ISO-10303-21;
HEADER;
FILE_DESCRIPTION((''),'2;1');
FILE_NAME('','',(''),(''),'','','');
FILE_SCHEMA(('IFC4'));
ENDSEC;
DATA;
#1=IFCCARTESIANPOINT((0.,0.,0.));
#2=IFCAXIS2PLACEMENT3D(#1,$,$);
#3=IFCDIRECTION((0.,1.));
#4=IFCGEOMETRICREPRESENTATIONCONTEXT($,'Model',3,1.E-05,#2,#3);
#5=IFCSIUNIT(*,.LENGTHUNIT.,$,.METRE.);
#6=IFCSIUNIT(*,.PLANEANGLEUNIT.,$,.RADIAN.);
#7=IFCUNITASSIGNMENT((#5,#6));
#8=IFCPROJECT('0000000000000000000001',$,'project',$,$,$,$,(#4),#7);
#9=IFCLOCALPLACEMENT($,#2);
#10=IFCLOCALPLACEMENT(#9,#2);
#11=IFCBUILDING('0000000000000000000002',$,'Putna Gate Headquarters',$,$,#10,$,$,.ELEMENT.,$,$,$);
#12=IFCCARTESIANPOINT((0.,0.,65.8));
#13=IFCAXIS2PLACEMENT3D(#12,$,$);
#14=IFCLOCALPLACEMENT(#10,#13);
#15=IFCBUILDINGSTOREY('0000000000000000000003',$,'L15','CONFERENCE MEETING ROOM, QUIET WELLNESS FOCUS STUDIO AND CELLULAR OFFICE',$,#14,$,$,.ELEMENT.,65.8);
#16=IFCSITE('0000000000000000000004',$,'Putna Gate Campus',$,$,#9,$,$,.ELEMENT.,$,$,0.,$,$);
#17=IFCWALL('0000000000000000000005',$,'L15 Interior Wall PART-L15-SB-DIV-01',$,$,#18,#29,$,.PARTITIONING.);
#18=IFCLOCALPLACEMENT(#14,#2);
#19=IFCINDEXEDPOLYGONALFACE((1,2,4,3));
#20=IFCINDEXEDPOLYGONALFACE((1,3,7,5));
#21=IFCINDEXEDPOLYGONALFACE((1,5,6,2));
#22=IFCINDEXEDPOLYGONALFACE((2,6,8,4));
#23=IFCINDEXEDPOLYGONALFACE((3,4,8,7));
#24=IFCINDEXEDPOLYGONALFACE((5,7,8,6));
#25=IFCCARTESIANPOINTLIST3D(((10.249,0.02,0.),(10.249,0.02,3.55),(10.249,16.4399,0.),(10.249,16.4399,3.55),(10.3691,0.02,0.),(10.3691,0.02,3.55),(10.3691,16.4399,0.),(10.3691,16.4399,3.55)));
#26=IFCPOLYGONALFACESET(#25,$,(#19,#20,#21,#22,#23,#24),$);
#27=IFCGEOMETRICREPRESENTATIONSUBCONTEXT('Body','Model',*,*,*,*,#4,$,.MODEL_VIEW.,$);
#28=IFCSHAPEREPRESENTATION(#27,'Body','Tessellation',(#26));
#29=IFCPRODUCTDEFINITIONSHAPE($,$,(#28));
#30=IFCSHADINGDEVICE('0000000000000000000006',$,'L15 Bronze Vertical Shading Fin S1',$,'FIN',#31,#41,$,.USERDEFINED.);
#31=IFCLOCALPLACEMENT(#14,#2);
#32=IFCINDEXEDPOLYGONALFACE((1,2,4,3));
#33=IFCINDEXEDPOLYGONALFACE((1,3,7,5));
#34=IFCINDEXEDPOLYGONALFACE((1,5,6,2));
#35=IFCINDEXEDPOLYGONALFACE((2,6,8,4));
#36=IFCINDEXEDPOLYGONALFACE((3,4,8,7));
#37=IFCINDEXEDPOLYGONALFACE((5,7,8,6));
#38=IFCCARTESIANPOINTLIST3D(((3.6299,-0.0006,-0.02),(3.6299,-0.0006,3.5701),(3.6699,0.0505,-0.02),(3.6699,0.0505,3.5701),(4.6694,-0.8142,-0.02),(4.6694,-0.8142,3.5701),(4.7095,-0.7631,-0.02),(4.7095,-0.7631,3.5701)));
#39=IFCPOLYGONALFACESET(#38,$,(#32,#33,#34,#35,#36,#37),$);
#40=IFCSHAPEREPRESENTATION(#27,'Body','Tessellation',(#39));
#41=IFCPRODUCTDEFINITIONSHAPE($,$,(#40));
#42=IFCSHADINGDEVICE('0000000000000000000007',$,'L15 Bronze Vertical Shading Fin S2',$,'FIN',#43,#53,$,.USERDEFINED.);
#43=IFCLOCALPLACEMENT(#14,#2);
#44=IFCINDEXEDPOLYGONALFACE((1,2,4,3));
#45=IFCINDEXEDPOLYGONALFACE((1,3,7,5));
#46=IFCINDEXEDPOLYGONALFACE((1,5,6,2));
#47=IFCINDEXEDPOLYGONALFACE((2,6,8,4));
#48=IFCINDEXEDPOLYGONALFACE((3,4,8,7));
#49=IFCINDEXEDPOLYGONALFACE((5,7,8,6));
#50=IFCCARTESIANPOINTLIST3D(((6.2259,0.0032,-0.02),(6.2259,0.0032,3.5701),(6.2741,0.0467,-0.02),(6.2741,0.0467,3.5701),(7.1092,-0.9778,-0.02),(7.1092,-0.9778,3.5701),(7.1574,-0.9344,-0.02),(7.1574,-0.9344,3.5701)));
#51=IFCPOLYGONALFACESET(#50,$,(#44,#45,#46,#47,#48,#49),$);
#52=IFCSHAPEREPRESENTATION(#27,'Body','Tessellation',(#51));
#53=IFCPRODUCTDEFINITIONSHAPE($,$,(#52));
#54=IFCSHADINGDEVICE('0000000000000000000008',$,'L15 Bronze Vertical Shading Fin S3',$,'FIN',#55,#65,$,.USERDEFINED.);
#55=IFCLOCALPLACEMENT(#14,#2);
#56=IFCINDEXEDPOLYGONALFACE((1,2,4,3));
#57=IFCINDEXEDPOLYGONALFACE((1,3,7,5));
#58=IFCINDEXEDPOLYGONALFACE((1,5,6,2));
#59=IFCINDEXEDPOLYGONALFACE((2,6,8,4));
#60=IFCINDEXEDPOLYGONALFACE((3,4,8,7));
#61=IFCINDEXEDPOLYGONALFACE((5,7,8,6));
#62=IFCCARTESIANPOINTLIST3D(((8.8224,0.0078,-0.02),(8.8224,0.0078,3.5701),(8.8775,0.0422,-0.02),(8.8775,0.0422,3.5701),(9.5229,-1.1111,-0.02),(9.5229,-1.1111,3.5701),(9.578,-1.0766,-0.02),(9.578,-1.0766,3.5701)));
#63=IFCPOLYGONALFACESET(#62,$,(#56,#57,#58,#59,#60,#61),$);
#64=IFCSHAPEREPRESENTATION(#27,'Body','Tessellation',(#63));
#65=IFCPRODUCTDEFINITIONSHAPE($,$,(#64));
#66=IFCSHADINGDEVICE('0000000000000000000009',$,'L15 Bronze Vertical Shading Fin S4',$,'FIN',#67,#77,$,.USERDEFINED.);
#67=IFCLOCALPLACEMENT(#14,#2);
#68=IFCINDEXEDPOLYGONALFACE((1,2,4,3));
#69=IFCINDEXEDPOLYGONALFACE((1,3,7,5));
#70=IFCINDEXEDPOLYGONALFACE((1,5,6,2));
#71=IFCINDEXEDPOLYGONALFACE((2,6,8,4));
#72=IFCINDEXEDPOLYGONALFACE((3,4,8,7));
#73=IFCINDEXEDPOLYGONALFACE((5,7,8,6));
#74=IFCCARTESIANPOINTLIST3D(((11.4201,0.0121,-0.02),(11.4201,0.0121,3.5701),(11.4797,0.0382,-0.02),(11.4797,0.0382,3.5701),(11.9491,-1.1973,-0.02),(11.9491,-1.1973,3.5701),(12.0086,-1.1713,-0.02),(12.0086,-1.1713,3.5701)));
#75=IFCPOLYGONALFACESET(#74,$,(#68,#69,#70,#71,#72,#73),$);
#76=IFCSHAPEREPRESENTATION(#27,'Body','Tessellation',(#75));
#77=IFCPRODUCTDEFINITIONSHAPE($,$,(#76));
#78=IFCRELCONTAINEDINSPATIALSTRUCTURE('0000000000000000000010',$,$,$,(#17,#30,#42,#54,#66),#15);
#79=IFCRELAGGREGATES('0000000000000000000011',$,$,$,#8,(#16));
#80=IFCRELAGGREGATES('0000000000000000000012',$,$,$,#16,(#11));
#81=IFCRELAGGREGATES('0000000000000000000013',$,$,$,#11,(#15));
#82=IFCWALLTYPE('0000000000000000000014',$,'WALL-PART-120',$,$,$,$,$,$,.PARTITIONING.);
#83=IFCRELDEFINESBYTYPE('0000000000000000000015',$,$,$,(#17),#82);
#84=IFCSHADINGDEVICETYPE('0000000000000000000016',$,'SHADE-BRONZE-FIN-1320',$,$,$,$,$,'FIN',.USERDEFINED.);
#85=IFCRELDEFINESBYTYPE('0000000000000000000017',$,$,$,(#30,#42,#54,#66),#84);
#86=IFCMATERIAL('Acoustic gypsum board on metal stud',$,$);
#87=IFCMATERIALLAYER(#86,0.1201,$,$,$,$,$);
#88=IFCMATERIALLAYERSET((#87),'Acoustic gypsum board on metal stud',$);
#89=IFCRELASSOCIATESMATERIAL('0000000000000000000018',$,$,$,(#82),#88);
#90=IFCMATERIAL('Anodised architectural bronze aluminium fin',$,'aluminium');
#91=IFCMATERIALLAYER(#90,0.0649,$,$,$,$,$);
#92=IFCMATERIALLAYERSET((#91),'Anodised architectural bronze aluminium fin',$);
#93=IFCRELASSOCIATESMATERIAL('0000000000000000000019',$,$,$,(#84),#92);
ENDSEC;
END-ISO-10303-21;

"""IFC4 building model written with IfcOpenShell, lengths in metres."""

from ifc_helpers import new_model, si_unit, direction, frame, frame_2d, origin, origin_2d, place, context, subcontext, project, spatial, rectangle, extrude, material, layer, layer_set, type_object, element, save


model = new_model("IFC4")

# Units and contexts
model_context = context("Model", 3, precision=1e-05, world=origin(), true_north=direction((0.0, 1.0)))
body_context = subcontext(model_context, "Body", "Model", "MODEL_VIEW")
ifc_project = project(units=[si_unit("LENGTHUNIT", "METRE"), si_unit("PLANEANGLEUNIT", "RADIAN")], contexts=[model_context])

# Site, building, storey
site_placement = place(None, origin())
site = spatial("IfcSite", under=ifc_project, at=site_placement, Name="Putna Gate Campus", CompositionType="ELEMENT", RefElevation=0.0)
building_placement = place(site_placement, origin())
building = spatial("IfcBuilding", under=site, at=building_placement, Name="Putna Gate Headquarters", CompositionType="ELEMENT")
storey_placement = place(building_placement, frame((0.0, 0.0, 65.8)))
storey = spatial("IfcBuildingStorey", under=building, at=storey_placement, Name="L15", Description="CONFERENCE MEETING ROOM, QUIET WELLNESS FOCUS STUDIO AND CELLULAR OFFICE", CompositionType="ELEMENT", Elevation=65.8)

# Wall
ifc_material_1 = material(Name="Acoustic gypsum board on metal stud")
ifc_layer_1 = layer(ifc_material_1, 0.1201)
ifc_layer_set_1 = layer_set([ifc_layer_1], Name="Acoustic gypsum board on metal stud")
wall_type_1 = type_object("IfcWallType", Name="WALL-PART-120", PredefinedType="PARTITIONING", material=ifc_layer_set_1)
wall_placement = place(storey_placement, frame((10.3091, 0.02, 0.0), z_axis=(0.0, 0.0, 1.0), x_axis=(0.0, 1.0, 0.0)))
element("IfcWall", 1, at=wall_placement, inside=storey, type_object=wall_type_1, Name="L15 Interior Wall PART-L15-SB-DIV-01", PredefinedType="PARTITIONING", context=body_context, shape_type="SweptSolid", body=[
    extrude(rectangle(XDim=16.4199, YDim=0.1201, at=frame_2d((8.21, 0.0))), origin(), (0.0, 0.0, 1.0), 3.55),
])

# Shading devices
ifc_material_2 = material(Name="Anodised architectural bronze aluminium fin", Category="aluminium")
ifc_layer_2 = layer(ifc_material_2, 0.0649)
ifc_layer_set_2 = layer_set([ifc_layer_2], Name="Anodised architectural bronze aluminium fin")
shading_device_type = type_object("IfcShadingDeviceType", Name="SHADE-BRONZE-FIN-1320", ElementType="FIN", PredefinedType="USERDEFINED", material=ifc_layer_set_2)
for number, where, z_axis, x_axis, name in (
    (2, (4.1697, -0.3818, -0.02), (0.0, 0.0, 1.0), (0.787473, -0.616349, 0.0), "L15 Bronze Vertical Shading Fin S1"),
    (3, (6.6917, -0.4656, -0.02), (0.0, 0.0, 1.0), (0.669131, -0.743145, 0.0), "L15 Bronze Vertical Shading Fin S2"),
    (4, (9.2002, -0.5344, -0.02), (0.0, 0.0, 1.0), (0.530659, -0.847585, 0.0), "L15 Bronze Vertical Shading Fin S3"),
    (5, (11.7144, -0.5796, -0.02), (0.0, 0.0, 1.0), (0.400669, -0.916223, 0.0), "L15 Bronze Vertical Shading Fin S4"),
):
    element("IfcShadingDevice", number, at=place(storey_placement, frame(where, z_axis=z_axis, x_axis=x_axis)), inside=storey, type_object=shading_device_type, Name=name, ObjectType="FIN", PredefinedType="USERDEFINED", context=body_context, shape_type="SweptSolid", body=[
        extrude(rectangle(XDim=1.3201, YDim=0.0649, at=origin_2d()), origin(), (0.0, 0.0, 1.0), 3.5901),
    ])

save(model, "model.ifc")
